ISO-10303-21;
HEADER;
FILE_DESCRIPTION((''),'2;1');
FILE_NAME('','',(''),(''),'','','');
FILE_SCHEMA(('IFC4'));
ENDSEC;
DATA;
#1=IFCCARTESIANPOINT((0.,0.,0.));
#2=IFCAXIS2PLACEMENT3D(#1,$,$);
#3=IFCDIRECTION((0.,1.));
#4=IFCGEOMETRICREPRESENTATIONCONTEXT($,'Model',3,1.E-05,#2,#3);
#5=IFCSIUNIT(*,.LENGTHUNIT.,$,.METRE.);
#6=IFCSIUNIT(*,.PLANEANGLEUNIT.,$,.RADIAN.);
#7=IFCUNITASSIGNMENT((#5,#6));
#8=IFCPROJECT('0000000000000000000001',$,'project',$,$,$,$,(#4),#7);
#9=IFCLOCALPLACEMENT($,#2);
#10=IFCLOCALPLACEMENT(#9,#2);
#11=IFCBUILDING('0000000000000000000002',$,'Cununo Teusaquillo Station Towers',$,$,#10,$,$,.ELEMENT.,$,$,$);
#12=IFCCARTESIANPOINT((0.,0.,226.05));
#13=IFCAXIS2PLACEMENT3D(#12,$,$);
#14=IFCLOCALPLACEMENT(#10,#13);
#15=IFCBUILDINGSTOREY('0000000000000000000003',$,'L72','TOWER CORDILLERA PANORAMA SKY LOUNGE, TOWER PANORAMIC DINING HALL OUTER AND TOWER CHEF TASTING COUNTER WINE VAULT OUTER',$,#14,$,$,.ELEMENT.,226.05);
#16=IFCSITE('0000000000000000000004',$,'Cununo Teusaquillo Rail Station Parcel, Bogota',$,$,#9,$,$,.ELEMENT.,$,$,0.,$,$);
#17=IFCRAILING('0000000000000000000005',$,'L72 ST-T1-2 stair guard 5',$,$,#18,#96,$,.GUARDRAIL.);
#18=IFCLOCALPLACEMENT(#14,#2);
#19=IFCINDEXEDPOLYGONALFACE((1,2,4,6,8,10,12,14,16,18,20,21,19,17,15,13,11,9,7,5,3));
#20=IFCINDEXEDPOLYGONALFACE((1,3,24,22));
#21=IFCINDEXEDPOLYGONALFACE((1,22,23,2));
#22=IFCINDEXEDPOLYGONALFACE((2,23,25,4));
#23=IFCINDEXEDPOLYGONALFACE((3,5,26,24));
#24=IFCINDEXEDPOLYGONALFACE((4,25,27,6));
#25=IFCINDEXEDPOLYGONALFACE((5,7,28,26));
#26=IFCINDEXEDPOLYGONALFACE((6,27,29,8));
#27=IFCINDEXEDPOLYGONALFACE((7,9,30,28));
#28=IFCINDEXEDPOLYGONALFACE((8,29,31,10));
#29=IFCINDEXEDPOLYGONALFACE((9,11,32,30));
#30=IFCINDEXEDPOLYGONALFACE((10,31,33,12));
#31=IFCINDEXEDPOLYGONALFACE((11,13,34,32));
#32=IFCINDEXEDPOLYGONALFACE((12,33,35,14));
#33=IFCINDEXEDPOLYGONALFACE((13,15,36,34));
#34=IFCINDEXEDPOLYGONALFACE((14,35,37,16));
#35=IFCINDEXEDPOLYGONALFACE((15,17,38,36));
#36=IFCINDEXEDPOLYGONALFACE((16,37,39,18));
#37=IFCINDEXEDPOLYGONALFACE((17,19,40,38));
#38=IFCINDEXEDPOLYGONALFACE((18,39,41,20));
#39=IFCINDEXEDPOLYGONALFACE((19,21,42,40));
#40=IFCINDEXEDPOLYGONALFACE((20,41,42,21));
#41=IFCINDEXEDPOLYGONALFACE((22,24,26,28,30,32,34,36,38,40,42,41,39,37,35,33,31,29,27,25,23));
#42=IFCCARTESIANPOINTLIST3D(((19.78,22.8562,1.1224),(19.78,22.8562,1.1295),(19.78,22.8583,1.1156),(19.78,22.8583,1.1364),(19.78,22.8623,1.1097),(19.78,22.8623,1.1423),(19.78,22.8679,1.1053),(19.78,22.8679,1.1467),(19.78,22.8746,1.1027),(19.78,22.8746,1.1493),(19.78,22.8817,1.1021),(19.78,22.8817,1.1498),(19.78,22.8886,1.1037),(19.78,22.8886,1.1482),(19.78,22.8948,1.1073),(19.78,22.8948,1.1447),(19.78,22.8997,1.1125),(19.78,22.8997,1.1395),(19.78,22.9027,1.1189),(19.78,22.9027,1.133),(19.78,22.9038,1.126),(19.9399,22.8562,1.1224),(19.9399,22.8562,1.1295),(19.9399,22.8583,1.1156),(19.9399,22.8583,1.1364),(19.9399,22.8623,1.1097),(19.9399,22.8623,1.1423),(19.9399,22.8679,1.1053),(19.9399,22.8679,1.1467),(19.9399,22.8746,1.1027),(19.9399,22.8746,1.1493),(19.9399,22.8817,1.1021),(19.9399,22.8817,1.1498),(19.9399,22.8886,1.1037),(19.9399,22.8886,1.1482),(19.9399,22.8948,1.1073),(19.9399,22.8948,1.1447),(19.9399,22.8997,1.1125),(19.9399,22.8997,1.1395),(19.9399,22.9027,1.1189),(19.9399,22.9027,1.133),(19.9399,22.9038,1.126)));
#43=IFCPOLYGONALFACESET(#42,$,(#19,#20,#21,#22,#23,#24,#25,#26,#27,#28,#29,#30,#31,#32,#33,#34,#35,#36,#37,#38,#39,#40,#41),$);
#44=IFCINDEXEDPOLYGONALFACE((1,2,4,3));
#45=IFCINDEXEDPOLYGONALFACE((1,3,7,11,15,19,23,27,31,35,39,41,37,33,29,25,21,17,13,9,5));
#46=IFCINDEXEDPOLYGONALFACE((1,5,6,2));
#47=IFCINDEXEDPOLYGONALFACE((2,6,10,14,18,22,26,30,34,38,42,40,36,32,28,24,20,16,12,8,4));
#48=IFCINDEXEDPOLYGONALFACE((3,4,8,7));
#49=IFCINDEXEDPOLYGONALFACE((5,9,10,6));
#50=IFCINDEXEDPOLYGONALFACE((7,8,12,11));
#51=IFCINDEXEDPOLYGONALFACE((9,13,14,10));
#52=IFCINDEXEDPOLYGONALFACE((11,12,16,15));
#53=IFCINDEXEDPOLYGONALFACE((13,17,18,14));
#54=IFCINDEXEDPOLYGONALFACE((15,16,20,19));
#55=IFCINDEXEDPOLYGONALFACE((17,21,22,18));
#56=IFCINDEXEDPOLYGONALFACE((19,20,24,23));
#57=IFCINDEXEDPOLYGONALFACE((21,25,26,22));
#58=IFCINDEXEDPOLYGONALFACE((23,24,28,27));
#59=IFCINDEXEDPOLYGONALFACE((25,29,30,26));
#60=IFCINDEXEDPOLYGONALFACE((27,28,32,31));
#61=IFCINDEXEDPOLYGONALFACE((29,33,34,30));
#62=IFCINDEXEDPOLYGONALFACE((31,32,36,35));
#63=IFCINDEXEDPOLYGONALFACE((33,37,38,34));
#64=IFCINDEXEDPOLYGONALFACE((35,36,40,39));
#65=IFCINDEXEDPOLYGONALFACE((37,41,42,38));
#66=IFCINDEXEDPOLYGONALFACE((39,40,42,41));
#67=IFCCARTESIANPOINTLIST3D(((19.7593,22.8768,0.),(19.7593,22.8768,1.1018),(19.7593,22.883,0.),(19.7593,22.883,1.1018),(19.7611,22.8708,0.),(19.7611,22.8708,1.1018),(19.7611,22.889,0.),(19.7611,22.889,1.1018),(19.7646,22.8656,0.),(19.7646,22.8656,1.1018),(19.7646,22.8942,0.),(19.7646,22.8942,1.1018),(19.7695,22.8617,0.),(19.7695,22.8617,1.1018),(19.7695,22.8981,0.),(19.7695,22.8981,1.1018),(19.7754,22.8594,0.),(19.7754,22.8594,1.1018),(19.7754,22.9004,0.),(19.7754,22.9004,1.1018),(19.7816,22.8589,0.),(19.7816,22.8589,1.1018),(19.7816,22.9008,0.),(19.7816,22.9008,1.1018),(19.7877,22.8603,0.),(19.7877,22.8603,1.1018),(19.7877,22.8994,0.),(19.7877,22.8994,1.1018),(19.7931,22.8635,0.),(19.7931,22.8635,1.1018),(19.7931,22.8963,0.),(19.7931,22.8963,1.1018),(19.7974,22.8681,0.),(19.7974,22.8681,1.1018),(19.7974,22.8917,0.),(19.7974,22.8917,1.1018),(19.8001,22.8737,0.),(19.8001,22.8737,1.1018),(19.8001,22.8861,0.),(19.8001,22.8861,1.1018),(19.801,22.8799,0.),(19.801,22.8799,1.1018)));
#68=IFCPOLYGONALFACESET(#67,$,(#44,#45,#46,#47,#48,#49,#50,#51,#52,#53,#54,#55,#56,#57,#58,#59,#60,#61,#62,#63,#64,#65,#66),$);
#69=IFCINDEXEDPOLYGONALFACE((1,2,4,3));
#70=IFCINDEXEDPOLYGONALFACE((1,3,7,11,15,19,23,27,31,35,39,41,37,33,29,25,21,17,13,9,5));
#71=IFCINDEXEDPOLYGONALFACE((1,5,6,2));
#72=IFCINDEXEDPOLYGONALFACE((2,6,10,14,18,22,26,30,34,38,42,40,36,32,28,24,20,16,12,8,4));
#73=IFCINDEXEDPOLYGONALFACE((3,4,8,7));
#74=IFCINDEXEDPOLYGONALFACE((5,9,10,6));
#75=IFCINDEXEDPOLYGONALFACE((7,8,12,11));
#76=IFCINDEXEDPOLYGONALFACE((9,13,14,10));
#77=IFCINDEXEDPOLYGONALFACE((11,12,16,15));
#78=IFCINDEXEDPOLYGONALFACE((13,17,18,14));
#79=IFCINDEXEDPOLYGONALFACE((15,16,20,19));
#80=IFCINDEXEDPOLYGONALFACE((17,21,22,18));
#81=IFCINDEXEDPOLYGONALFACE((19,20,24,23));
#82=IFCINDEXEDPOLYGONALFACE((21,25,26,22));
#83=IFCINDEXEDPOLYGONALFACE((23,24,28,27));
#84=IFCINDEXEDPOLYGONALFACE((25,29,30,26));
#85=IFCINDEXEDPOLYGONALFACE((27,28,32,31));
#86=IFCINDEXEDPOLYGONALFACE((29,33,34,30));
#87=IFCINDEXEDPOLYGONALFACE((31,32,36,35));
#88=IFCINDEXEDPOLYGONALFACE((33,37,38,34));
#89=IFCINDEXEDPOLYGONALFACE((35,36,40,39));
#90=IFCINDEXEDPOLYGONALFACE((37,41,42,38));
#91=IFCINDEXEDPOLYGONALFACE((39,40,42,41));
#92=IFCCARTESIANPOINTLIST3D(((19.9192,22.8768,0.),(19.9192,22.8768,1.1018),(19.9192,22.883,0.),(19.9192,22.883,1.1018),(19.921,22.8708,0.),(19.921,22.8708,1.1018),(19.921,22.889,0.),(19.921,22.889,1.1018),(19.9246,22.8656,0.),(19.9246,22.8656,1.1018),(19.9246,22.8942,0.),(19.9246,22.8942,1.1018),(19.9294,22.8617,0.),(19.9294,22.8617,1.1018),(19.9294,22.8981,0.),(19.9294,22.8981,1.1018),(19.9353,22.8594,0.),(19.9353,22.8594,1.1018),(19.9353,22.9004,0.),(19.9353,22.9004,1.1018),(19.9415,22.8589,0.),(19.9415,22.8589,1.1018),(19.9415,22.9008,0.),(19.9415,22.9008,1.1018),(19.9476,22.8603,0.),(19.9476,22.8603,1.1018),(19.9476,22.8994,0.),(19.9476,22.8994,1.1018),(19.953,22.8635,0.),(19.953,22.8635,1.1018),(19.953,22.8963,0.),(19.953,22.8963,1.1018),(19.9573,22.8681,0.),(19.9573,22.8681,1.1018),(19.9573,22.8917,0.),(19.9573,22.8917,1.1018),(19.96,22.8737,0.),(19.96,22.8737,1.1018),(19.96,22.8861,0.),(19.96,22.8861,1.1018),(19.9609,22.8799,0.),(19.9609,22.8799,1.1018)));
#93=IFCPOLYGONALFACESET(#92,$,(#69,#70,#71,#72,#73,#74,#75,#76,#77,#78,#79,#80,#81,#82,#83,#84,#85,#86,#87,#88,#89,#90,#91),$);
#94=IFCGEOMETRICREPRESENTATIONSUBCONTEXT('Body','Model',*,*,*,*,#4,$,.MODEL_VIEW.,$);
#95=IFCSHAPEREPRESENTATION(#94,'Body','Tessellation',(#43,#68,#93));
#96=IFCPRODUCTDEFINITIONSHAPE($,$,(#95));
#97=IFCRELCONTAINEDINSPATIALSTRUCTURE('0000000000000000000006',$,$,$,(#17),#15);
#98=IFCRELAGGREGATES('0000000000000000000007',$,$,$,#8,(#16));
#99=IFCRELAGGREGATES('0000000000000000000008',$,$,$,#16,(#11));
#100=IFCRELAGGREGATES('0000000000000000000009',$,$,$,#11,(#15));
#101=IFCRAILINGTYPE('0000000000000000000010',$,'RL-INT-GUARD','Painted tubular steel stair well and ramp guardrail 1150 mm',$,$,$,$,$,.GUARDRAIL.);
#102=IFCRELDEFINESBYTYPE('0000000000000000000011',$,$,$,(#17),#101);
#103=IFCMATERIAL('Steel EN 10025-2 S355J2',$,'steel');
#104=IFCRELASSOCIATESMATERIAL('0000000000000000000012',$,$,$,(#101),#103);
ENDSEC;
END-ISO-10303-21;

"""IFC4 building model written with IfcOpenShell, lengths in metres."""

from ifc_helpers import new_model, si_unit, direction, frame, origin, origin_2d, place, context, subcontext, project, spatial, circle, extrude, material, type_object, element, save


model = new_model("IFC4")

# Units and contexts
model_context = context("Model", 3, precision=1e-05, world=origin(), true_north=direction((0.0, 1.0)))
body_context = subcontext(model_context, "Body", "Model", "MODEL_VIEW")
ifc_project = project(units=[si_unit("LENGTHUNIT", "METRE"), si_unit("PLANEANGLEUNIT", "RADIAN")], contexts=[model_context])

# Site, building, storey
site_placement = place(None, origin())
site = spatial("IfcSite", under=ifc_project, at=site_placement, Name="Cununo Teusaquillo Rail Station Parcel, Bogota", CompositionType="ELEMENT", RefElevation=0.0)
building_placement = place(site_placement, origin())
building = spatial("IfcBuilding", under=site, at=building_placement, Name="Cununo Teusaquillo Station Towers", CompositionType="ELEMENT")
storey_placement = place(building_placement, frame((0.0, 0.0, 226.05)))
storey = spatial("IfcBuildingStorey", under=building, at=storey_placement, Name="L72", Description="TOWER CORDILLERA PANORAMA SKY LOUNGE, TOWER PANORAMIC DINING HALL OUTER AND TOWER CHEF TASTING COUNTER WINE VAULT OUTER", CompositionType="ELEMENT", Elevation=226.05)

# Railing
ifc_material_1 = material(Name="Steel EN 10025-2 S355J2", Category="steel")
railing_type_1 = type_object("IfcRailingType", Name="RL-INT-GUARD", Description="Painted tubular steel stair well and ramp guardrail 1150 mm", PredefinedType="GUARDRAIL", material=ifc_material_1)
railing_1_placement = place(storey_placement, frame((19.78, 22.8799, 0.0)))
element("IfcRailing", 1, at=railing_1_placement, inside=storey, type_object=railing_type_1, Name="L72 ST-T1-2 stair guard 5", PredefinedType="GUARDRAIL", context=body_context, shape_type="SweptSolid", body=[
    extrude(circle(Radius=0.0239, at=origin_2d()), frame((0.0, 0.0, 1.126), z_axis=(1.0, 0.0, 0.0), x_axis=(0.0, 1.0, 0.0)), (0.0, 0.0, 1.0), 0.1599),
    extrude(circle(Radius=0.021, at=origin_2d()), origin(), (0.0, 0.0, 1.0), 1.1018),
    extrude(circle(Radius=0.021, at=origin_2d()), frame((0.1599, 0.0, 0.0)), (0.0, 0.0, 1.0), 1.1018),
])

save(model, "model.ifc")
